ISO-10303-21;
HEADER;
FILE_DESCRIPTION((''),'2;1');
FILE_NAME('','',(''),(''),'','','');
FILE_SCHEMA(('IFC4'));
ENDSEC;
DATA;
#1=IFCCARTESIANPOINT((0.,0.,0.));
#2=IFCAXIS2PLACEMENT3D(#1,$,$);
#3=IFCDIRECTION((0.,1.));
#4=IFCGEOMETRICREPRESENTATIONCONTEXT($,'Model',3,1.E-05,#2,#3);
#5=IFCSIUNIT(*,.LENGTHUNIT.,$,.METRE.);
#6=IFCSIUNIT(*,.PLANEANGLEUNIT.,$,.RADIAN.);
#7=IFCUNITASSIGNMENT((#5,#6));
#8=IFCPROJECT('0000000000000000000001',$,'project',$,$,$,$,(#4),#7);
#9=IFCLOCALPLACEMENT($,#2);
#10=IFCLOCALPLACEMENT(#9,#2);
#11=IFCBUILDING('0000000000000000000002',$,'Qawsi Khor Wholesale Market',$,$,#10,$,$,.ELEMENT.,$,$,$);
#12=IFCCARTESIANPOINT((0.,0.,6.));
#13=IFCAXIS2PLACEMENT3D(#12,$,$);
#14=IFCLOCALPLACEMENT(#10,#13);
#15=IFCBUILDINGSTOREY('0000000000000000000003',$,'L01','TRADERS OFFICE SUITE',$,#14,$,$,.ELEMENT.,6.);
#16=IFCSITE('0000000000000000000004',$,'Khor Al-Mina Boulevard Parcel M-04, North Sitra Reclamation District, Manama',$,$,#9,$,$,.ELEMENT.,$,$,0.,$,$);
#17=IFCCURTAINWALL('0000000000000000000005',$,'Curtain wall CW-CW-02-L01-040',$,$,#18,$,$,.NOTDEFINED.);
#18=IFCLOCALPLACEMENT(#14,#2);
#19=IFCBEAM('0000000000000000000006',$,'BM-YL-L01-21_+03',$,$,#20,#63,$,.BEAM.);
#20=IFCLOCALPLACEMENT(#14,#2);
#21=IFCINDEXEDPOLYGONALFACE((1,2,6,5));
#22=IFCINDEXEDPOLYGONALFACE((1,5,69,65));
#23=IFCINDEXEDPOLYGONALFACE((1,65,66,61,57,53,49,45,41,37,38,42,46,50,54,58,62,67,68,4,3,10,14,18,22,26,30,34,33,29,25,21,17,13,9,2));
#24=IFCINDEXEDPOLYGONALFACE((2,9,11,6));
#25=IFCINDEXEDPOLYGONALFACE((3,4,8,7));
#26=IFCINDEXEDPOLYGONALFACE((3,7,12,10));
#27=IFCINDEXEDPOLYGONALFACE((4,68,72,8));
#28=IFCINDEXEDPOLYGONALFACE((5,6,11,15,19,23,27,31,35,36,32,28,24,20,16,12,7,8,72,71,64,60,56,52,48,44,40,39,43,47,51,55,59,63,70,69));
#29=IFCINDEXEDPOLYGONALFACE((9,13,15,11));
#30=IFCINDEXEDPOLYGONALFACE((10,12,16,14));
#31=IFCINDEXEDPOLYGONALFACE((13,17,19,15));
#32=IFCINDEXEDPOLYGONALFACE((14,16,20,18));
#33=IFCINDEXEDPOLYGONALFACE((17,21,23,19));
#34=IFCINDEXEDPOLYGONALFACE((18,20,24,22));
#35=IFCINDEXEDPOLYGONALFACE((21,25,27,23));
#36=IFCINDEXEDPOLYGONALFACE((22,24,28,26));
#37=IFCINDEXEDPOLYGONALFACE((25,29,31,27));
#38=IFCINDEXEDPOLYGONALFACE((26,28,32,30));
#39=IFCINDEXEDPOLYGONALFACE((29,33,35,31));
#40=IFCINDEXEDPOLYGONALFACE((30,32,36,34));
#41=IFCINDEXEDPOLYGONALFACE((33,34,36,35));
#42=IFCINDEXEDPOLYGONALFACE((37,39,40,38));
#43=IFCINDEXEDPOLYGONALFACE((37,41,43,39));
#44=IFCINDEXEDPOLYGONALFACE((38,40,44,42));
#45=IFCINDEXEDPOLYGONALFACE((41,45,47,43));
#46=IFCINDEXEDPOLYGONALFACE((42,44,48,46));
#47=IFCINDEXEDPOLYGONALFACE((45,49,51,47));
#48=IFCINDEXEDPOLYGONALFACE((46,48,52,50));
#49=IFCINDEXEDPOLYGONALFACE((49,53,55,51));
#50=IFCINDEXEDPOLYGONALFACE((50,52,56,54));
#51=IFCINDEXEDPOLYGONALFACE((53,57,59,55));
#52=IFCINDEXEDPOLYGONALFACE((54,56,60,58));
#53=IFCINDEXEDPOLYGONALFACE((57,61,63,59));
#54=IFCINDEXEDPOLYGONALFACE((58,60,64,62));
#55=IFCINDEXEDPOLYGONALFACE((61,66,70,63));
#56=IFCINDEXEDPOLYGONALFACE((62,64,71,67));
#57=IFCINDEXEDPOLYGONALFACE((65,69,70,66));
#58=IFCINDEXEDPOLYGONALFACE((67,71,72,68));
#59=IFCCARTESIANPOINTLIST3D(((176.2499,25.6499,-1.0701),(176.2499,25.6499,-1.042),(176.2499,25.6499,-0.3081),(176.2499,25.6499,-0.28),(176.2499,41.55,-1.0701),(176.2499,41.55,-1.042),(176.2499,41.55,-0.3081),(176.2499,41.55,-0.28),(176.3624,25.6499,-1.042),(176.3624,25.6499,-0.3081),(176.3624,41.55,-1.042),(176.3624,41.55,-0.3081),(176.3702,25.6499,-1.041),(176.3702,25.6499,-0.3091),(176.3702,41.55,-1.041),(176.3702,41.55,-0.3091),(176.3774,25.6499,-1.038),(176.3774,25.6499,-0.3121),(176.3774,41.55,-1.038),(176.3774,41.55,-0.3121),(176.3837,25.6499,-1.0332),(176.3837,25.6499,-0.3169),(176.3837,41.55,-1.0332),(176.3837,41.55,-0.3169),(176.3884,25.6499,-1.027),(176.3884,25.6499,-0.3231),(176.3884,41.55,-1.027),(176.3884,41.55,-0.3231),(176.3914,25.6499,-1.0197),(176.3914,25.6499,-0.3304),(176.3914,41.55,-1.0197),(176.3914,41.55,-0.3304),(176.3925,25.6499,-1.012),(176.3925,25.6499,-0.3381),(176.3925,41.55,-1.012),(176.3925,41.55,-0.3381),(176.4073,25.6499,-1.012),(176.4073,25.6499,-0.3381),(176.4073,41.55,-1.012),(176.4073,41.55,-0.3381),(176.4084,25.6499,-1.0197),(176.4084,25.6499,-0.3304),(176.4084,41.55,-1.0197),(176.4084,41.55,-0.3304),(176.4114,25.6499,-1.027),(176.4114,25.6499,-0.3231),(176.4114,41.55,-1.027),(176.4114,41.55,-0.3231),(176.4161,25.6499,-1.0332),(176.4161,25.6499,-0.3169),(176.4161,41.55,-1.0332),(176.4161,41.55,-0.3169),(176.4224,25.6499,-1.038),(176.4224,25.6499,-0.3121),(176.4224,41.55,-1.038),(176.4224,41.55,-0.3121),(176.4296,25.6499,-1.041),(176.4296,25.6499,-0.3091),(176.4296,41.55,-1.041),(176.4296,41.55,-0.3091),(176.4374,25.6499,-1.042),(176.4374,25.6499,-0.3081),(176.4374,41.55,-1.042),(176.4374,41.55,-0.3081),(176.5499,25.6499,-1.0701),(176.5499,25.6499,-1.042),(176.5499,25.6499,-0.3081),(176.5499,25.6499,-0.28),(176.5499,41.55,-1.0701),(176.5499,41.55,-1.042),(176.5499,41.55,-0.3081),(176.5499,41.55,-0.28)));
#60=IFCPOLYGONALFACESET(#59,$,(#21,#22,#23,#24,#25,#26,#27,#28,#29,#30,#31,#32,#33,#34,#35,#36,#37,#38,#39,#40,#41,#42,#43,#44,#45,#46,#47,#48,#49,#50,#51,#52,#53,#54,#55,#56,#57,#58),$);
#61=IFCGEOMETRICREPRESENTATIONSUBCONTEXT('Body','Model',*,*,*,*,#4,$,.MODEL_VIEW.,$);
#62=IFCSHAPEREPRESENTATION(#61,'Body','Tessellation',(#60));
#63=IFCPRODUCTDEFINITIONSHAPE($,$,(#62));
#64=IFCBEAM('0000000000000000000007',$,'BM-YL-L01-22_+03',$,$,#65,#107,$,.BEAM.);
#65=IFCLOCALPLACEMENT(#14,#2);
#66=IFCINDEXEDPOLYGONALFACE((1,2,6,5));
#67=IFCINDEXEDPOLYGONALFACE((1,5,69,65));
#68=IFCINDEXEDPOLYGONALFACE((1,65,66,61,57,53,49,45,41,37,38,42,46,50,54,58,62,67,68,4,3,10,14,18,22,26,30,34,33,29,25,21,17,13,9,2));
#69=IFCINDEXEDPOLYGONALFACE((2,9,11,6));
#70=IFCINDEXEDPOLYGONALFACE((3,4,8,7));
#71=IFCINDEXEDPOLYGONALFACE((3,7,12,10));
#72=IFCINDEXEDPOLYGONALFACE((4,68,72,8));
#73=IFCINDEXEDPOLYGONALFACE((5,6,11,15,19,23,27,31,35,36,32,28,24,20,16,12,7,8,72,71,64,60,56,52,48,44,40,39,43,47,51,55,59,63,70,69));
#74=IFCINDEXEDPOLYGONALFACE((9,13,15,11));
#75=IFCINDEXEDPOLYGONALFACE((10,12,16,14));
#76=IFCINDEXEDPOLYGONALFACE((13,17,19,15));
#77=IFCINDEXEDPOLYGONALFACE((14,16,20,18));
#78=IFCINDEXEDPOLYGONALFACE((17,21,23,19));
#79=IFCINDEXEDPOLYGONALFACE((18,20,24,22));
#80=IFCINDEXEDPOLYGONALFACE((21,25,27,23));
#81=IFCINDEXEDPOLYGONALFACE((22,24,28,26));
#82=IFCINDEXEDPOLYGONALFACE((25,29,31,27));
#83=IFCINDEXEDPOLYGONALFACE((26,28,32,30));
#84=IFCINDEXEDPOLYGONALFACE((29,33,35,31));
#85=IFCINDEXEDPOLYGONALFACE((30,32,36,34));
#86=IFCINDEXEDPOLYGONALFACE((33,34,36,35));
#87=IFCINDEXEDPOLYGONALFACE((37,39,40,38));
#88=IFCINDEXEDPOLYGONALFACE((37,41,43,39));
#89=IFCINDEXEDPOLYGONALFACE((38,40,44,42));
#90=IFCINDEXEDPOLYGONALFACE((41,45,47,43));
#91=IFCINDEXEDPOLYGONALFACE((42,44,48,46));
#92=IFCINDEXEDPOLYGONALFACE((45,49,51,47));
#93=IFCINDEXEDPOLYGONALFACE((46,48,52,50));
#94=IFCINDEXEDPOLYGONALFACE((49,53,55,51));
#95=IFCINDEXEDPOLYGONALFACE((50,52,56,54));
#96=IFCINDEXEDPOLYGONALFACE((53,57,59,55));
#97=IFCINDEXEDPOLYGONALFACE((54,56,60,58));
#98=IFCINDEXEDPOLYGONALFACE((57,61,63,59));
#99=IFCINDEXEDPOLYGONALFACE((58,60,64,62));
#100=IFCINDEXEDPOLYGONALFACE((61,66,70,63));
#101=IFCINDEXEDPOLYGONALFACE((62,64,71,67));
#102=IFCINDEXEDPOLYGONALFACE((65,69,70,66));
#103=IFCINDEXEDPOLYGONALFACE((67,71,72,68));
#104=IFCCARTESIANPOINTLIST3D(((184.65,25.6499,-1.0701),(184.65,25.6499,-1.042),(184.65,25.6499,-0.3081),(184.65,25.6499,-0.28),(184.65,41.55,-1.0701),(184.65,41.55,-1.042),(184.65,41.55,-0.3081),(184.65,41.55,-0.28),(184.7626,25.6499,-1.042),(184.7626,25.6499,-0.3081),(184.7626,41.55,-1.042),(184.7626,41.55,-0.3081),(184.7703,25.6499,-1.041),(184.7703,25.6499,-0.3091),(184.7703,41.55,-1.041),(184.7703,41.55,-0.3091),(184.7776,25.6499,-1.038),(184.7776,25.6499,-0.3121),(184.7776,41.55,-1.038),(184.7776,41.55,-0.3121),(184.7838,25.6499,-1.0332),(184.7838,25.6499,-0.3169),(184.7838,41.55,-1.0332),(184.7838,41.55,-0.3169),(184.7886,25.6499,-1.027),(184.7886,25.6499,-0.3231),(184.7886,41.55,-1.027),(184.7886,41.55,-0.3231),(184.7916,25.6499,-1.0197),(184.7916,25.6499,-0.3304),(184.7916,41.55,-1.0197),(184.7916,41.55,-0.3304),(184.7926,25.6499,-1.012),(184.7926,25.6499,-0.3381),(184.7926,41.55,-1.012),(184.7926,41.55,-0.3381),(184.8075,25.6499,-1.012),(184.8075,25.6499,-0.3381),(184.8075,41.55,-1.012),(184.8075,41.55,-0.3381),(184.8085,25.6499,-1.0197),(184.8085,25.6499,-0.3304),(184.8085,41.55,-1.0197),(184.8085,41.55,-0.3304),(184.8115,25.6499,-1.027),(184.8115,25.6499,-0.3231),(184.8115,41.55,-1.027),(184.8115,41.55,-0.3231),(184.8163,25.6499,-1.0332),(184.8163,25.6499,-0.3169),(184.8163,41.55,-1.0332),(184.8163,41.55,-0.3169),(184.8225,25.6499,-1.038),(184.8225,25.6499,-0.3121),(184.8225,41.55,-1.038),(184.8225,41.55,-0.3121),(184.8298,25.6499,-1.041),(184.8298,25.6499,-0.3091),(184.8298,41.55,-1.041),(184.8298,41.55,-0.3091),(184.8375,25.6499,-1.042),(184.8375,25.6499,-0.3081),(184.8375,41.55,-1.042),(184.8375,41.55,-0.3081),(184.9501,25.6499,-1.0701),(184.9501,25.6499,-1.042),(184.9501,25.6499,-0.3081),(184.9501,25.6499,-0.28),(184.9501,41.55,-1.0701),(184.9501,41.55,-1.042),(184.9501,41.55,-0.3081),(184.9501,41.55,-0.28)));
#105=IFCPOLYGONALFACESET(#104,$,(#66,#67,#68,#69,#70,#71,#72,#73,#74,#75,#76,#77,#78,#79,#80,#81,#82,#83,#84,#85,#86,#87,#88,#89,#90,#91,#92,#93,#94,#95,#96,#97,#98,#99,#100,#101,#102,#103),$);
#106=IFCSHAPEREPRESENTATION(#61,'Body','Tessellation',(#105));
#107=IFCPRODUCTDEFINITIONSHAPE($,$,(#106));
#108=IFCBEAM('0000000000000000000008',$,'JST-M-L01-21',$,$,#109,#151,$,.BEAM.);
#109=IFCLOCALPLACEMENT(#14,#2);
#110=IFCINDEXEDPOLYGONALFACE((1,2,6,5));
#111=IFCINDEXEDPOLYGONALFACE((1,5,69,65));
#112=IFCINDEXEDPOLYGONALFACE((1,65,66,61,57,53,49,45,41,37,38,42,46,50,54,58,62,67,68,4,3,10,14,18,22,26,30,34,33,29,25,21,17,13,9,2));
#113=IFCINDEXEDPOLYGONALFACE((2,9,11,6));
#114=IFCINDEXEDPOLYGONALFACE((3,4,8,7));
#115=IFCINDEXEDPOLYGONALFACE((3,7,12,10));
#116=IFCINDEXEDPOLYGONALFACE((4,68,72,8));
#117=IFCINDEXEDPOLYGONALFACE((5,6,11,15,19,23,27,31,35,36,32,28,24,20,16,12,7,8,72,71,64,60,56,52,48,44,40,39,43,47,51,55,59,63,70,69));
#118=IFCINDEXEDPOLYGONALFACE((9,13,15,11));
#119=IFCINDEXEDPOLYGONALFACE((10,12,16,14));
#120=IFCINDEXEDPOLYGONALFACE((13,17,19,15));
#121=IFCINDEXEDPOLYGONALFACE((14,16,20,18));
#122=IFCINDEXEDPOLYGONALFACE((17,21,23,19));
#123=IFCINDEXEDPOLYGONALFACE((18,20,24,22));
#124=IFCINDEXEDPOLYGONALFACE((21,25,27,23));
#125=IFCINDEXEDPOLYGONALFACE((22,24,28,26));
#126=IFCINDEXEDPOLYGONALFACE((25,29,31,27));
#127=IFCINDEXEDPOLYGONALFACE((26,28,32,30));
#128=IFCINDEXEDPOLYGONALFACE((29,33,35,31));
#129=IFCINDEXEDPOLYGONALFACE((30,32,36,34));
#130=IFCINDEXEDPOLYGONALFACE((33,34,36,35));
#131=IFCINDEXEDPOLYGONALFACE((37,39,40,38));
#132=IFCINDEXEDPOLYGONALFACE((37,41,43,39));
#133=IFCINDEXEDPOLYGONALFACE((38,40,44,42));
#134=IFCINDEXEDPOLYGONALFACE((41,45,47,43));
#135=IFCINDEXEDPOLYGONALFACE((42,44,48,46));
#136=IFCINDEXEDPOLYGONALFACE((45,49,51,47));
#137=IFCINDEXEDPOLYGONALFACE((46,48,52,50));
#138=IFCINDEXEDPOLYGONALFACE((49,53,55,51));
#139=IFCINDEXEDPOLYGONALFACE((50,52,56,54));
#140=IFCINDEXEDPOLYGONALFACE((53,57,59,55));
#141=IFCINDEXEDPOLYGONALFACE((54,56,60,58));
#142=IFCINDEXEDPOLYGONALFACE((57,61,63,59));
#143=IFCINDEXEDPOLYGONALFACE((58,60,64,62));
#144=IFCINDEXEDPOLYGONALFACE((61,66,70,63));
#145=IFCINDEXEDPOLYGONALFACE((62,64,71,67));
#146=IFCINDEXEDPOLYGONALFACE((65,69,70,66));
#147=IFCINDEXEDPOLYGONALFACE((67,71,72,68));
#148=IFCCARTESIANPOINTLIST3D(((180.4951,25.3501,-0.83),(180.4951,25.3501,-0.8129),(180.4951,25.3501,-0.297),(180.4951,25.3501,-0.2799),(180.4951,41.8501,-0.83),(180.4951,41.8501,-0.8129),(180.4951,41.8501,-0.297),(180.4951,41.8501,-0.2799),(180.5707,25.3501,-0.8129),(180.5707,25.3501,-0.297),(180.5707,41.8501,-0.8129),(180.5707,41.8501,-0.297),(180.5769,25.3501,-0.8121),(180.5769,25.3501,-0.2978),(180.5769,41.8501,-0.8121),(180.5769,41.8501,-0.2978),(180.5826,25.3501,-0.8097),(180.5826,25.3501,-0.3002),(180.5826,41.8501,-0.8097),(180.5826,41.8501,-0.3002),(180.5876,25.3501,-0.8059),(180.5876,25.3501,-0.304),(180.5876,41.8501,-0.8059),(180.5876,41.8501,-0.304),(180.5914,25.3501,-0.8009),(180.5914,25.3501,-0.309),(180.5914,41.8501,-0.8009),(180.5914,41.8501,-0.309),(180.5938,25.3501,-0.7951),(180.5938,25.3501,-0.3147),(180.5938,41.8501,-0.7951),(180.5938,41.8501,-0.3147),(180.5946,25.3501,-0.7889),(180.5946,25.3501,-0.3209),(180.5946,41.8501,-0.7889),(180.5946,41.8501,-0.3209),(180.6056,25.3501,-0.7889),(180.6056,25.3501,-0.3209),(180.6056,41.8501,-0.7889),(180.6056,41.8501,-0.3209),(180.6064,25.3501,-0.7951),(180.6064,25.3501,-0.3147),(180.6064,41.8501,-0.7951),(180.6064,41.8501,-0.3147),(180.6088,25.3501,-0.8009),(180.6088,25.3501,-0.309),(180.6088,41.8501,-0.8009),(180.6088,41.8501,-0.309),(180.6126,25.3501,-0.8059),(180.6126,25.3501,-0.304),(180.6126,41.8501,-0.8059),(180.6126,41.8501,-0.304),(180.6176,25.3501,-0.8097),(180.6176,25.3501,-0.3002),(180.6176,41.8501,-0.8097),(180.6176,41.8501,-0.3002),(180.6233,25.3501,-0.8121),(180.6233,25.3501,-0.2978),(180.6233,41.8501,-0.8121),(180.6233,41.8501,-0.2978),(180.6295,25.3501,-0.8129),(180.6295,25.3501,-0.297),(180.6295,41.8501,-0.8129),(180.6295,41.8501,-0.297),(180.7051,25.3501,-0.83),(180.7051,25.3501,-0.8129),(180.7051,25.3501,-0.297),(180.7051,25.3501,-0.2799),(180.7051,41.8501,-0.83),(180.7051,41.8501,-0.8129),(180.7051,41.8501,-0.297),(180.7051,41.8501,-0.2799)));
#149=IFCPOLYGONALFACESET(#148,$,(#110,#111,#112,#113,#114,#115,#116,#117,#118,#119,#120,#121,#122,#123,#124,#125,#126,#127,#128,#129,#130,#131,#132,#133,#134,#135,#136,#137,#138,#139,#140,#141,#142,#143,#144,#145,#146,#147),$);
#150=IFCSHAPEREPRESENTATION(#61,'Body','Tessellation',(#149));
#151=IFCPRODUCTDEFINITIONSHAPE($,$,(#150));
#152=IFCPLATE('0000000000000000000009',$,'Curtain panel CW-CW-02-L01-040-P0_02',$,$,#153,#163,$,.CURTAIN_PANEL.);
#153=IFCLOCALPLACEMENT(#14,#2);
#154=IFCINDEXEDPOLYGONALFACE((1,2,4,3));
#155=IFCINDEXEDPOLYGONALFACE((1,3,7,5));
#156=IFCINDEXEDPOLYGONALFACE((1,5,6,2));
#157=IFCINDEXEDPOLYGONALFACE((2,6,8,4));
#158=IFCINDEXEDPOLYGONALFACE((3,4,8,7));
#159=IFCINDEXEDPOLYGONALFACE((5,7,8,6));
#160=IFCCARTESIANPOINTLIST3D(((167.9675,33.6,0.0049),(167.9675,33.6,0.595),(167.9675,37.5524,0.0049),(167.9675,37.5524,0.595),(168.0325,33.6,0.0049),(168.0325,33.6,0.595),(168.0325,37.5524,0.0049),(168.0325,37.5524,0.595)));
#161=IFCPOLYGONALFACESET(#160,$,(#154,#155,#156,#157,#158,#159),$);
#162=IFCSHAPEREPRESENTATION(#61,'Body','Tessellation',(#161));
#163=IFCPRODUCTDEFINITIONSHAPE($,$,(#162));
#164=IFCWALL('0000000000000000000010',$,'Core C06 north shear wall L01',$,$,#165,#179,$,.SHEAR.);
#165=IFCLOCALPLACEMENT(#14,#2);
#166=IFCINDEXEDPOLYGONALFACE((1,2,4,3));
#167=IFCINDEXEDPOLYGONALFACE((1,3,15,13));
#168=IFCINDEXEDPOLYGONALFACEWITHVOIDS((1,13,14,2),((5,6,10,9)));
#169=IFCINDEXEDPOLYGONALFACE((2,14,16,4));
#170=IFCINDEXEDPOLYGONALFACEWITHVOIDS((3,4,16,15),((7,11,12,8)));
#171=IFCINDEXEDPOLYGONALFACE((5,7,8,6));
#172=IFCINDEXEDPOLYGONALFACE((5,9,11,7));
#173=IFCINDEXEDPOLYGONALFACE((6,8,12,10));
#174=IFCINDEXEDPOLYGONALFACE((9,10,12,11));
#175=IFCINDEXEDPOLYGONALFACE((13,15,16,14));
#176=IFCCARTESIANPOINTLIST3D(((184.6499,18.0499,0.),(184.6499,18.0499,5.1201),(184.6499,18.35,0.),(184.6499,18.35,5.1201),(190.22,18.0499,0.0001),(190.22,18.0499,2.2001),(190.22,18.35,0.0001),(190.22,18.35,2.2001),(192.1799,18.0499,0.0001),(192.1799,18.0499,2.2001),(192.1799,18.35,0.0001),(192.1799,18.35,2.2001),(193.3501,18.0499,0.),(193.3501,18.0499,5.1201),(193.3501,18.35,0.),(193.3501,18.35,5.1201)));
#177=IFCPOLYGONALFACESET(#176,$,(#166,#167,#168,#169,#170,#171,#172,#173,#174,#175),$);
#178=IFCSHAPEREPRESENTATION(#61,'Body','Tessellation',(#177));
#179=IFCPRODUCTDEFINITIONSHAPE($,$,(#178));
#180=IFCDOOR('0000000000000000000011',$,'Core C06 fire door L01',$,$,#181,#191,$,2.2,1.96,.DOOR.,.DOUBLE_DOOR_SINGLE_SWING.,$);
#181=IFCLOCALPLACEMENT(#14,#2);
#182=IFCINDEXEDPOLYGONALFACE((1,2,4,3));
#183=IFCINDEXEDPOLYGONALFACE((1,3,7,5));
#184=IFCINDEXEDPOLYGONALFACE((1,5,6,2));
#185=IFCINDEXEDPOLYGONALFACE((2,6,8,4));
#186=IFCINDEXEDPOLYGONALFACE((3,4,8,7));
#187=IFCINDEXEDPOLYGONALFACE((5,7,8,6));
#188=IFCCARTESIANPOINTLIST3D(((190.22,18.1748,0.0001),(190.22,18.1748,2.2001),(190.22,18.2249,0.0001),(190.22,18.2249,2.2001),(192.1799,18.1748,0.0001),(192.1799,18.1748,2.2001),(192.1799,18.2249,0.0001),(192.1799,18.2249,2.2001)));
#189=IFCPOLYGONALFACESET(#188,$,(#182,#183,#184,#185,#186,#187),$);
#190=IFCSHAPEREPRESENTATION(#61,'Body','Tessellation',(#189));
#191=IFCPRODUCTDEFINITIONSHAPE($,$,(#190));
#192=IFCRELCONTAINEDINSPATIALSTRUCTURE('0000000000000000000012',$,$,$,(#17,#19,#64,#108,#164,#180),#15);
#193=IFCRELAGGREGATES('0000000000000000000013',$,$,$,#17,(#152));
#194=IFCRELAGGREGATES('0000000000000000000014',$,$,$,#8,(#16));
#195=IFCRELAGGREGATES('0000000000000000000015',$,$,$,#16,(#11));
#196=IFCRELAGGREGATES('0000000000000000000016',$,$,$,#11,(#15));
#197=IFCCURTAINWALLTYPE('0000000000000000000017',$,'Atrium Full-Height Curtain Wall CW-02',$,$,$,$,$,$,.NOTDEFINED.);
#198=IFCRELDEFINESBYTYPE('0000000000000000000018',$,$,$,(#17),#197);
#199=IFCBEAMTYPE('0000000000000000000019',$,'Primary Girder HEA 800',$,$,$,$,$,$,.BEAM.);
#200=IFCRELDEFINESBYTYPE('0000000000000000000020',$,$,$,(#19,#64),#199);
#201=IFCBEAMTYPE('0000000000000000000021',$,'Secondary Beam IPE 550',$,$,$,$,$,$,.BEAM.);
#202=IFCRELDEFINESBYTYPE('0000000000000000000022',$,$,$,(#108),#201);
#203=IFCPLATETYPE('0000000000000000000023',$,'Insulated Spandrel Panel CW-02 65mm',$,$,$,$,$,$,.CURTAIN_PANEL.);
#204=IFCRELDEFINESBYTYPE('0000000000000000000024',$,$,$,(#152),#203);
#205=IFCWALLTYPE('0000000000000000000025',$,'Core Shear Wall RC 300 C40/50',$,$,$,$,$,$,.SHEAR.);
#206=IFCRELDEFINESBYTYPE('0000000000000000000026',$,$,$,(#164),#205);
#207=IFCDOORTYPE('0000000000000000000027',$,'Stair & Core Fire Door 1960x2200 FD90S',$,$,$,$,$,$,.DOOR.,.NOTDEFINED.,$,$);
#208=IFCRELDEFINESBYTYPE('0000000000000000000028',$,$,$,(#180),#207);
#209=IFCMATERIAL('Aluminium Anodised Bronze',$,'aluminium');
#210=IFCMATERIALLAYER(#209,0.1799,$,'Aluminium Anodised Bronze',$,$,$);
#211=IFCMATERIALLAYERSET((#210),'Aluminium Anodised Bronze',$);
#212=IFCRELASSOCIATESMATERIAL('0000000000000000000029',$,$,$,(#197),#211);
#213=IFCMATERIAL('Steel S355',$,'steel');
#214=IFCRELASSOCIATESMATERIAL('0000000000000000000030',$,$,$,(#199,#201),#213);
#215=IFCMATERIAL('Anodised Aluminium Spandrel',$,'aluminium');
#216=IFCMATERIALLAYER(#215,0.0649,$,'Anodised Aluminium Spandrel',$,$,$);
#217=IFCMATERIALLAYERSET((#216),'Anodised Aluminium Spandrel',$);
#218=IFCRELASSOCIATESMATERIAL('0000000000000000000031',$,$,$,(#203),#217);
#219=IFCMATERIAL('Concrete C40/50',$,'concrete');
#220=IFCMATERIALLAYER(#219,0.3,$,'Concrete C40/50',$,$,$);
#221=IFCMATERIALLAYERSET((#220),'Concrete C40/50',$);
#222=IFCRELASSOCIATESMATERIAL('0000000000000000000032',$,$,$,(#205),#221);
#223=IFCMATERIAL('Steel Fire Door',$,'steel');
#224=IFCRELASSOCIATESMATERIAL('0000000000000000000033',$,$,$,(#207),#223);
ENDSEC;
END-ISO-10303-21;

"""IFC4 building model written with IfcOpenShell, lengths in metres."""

from ifc_helpers import new_model, si_unit, direction, frame, frame_2d, origin, origin_2d, place, context, subcontext, project, spatial, rectangle, i_section, extrude, material, layer, layer_set, material_profile, profile_set, type_object, element, fill, aggregate, save


model = new_model("IFC4")

# Units and contexts
model_context = context("Model", 3, precision=1e-05, world=origin(), true_north=direction((0.0, 1.0)))
body_context = subcontext(model_context, "Body", "Model", "MODEL_VIEW")
ifc_project = project(units=[si_unit("LENGTHUNIT", "METRE"), si_unit("PLANEANGLEUNIT", "RADIAN")], contexts=[model_context])

# Site, building, storey
site_placement = place(None, origin())
site = spatial("IfcSite", under=ifc_project, at=site_placement, Name="Khor Al-Mina Boulevard Parcel M-04, North Sitra Reclamation District, Manama", CompositionType="ELEMENT", RefElevation=0.0)
building_placement = place(site_placement, origin())
building = spatial("IfcBuilding", under=site, at=building_placement, Name="Qawsi Khor Wholesale Market", CompositionType="ELEMENT")
storey_placement = place(building_placement, frame((0.0, 0.0, 6.0)))
storey = spatial("IfcBuildingStorey", under=building, at=storey_placement, Name="L01", Description="TRADERS OFFICE SUITE", CompositionType="ELEMENT", Elevation=6.0)

# Shared definitions
ifc_material_1 = material(Name="Concrete C40/50", Category="concrete")

# Curtain wall
ifc_material_2 = material(Name="Aluminium Anodised Bronze", Category="aluminium")
ifc_layer_1 = layer(ifc_material_2, 0.1799, Name="Aluminium Anodised Bronze")
ifc_layer_set_1 = layer_set([ifc_layer_1], Name="Aluminium Anodised Bronze")
curtain_wall_type = type_object("IfcCurtainWallType", Name="Atrium Full-Height Curtain Wall CW-02", PredefinedType="NOTDEFINED", material=ifc_layer_set_1)
curtain_wall_placement = place(storey_placement, origin())
curtain_wall = element("IfcCurtainWall", 1, at=curtain_wall_placement, inside=storey, type_object=curtain_wall_type, Name="Curtain wall CW-CW-02-L01-040", PredefinedType="NOTDEFINED")

# Beams
ifc_material_3 = material(Name="Steel S355", Category="steel")
ifc_material_profile_1 = material_profile(ifc_material_3, i_section(OverallWidth=0.3, OverallDepth=0.79, WebThickness=0.0149, FlangeThickness=0.0281, FilletRadius=0.03, at=origin_2d()), Name="HEA 800")
ifc_profile_set_1 = profile_set([ifc_material_profile_1], Name="Steel S355")
beam_type_1 = type_object("IfcBeamType", Name="Primary Girder HEA 800", PredefinedType="BEAM", material=ifc_profile_set_1)
for number, where, z_axis, x_axis, name in (
    (2, (176.3999, 25.6499, -0.675), (0.0, 1.0, 0.0), (-1.0, 0.0, 0.0), "BM-YL-L01-21_+03"),
    (3, (184.8, 25.6499, -0.675), (0.0, 1.0, 0.0), (-1.0, 0.0, 0.0), "BM-YL-L01-22_+03"),
):
    element("IfcBeam", number, at=place(storey_placement, frame(where, z_axis=z_axis, x_axis=x_axis)), inside=storey, type_object=beam_type_1, Name=name, PredefinedType="BEAM", context=body_context, shape_type="SweptSolid", body=[
        extrude(i_section(OverallWidth=0.3, OverallDepth=0.79, WebThickness=0.0149, FlangeThickness=0.0281, FilletRadius=0.03, at=origin_2d()), origin(), (0.0, 0.0, 1.0), 15.9001),
    ])
ifc_material_profile_2 = material_profile(ifc_material_3, i_section(OverallWidth=0.21, OverallDepth=0.55, WebThickness=0.011, FlangeThickness=0.0171, FilletRadius=0.0239, at=origin_2d()), Name="IPE 550")
ifc_profile_set_2 = profile_set([ifc_material_profile_2], Name="Steel S355")
beam_type_2 = type_object("IfcBeamType", Name="Secondary Beam IPE 550", PredefinedType="BEAM", material=ifc_profile_set_2)
beam_placement = place(storey_placement, frame((180.6001, 25.3501, -0.5549), z_axis=(0.0, 1.0, 0.0), x_axis=(-1.0, 0.0, 0.0)))
element("IfcBeam", 4, at=beam_placement, inside=storey, type_object=beam_type_2, Name="JST-M-L01-21", PredefinedType="BEAM", context=body_context, shape_type="SweptSolid", body=[
    extrude(i_section(OverallWidth=0.21, OverallDepth=0.55, WebThickness=0.011, FlangeThickness=0.0171, FilletRadius=0.0239, at=origin_2d()), origin(), (0.0, 0.0, 1.0), 16.5),
])

# Plate
ifc_material_4 = material(Name="Anodised Aluminium Spandrel", Category="aluminium")
ifc_layer_2 = layer(ifc_material_4, 0.0649, Name="Anodised Aluminium Spandrel")
ifc_layer_set_2 = layer_set([ifc_layer_2], Name="Anodised Aluminium Spandrel")
plate_type = type_object("IfcPlateType", Name="Insulated Spandrel Panel CW-02 65mm", PredefinedType="CURTAIN_PANEL", material=ifc_layer_set_2)
plate_placement = place(storey_placement, frame((168.0, 33.6001, 0.0049), z_axis=(0.0, 0.0, 1.0), x_axis=(0.0, 1.0, 0.0)))
plate = element("IfcPlate", 5, at=plate_placement, type_object=plate_type, Name="Curtain panel CW-CW-02-L01-040-P0_02", PredefinedType="CURTAIN_PANEL", context=body_context, shape_type="SweptSolid", body=[
    extrude(rectangle(XDim=3.9524, YDim=0.0649, at=frame_2d((1.9761, 0.0))), origin(), (0.0, 0.0, 1.0), 0.5901),
])
aggregate(curtain_wall, [plate])

# Wall, opening, door
ifc_layer_3 = layer(ifc_material_1, 0.3, Name="Concrete C40/50")
ifc_layer_set_3 = layer_set([ifc_layer_3], Name="Concrete C40/50")
wall_type_1 = type_object("IfcWallType", Name="Core Shear Wall RC 300 C40/50", PredefinedType="SHEAR", material=ifc_layer_set_3)
wall_1_placement = place(storey_placement, frame((184.6499, 18.2, 0.0), z_axis=(0.0, 0.0, 1.0), x_axis=(1.0, 0.0, 0.0)))
wall_1 = element("IfcWall", 6, at=wall_1_placement, inside=storey, type_object=wall_type_1, Name="Core C06 north shear wall L01", PredefinedType="SHEAR", context=body_context, shape_type="SweptSolid", body=[
    extrude(rectangle(XDim=8.7002, YDim=0.3, at=frame_2d((4.3501, 0.0))), origin(), (0.0, 0.0, 1.0), 5.1201),
])
opening_1_placement = place(wall_1_placement, frame((5.5701, 0.0, 0.0)))
opening_1 = element("IfcOpeningElement", 7, at=opening_1_placement, cuts=wall_1, PredefinedType="OPENING", context=body_context, shape_type="SweptSolid", body=[
    extrude(rectangle(XDim=1.96, YDim=2.2, at=frame_2d((0.98, 1.1001))), frame((0.0, 0.1599, 0.0), z_axis=(0.0, -1.0, 0.0), x_axis=(1.0, 0.0, 0.0)), (0.0, 0.0, 1.0), 0.3201),
])
ifc_material_5 = material(Name="Steel Fire Door", Category="steel")
door_type_1 = type_object("IfcDoorType", Name="Stair & Core Fire Door 1960x2200 FD90S", OperationType="NOTDEFINED", PredefinedType="DOOR", material=ifc_material_5)
door_1_placement = place(opening_1_placement, origin())
door_1 = element("IfcDoor", 8, at=door_1_placement, inside=storey, type_object=door_type_1, Name="Core C06 fire door L01", OperationType="DOUBLE_DOOR_SINGLE_SWING", OverallHeight=2.2, OverallWidth=1.96, PredefinedType="DOOR", context=body_context, shape_type="SweptSolid", body=[
    extrude(rectangle(XDim=1.96, YDim=2.2, at=frame_2d((0.98, 1.1001))), frame((0.0, 0.0249, 0.0), z_axis=(0.0, -1.0, 0.0), x_axis=(1.0, 0.0, 0.0)), (0.0, 0.0, 1.0), 0.05),
])
fill(opening_1, door_1)

save(model, "model.ifc")
